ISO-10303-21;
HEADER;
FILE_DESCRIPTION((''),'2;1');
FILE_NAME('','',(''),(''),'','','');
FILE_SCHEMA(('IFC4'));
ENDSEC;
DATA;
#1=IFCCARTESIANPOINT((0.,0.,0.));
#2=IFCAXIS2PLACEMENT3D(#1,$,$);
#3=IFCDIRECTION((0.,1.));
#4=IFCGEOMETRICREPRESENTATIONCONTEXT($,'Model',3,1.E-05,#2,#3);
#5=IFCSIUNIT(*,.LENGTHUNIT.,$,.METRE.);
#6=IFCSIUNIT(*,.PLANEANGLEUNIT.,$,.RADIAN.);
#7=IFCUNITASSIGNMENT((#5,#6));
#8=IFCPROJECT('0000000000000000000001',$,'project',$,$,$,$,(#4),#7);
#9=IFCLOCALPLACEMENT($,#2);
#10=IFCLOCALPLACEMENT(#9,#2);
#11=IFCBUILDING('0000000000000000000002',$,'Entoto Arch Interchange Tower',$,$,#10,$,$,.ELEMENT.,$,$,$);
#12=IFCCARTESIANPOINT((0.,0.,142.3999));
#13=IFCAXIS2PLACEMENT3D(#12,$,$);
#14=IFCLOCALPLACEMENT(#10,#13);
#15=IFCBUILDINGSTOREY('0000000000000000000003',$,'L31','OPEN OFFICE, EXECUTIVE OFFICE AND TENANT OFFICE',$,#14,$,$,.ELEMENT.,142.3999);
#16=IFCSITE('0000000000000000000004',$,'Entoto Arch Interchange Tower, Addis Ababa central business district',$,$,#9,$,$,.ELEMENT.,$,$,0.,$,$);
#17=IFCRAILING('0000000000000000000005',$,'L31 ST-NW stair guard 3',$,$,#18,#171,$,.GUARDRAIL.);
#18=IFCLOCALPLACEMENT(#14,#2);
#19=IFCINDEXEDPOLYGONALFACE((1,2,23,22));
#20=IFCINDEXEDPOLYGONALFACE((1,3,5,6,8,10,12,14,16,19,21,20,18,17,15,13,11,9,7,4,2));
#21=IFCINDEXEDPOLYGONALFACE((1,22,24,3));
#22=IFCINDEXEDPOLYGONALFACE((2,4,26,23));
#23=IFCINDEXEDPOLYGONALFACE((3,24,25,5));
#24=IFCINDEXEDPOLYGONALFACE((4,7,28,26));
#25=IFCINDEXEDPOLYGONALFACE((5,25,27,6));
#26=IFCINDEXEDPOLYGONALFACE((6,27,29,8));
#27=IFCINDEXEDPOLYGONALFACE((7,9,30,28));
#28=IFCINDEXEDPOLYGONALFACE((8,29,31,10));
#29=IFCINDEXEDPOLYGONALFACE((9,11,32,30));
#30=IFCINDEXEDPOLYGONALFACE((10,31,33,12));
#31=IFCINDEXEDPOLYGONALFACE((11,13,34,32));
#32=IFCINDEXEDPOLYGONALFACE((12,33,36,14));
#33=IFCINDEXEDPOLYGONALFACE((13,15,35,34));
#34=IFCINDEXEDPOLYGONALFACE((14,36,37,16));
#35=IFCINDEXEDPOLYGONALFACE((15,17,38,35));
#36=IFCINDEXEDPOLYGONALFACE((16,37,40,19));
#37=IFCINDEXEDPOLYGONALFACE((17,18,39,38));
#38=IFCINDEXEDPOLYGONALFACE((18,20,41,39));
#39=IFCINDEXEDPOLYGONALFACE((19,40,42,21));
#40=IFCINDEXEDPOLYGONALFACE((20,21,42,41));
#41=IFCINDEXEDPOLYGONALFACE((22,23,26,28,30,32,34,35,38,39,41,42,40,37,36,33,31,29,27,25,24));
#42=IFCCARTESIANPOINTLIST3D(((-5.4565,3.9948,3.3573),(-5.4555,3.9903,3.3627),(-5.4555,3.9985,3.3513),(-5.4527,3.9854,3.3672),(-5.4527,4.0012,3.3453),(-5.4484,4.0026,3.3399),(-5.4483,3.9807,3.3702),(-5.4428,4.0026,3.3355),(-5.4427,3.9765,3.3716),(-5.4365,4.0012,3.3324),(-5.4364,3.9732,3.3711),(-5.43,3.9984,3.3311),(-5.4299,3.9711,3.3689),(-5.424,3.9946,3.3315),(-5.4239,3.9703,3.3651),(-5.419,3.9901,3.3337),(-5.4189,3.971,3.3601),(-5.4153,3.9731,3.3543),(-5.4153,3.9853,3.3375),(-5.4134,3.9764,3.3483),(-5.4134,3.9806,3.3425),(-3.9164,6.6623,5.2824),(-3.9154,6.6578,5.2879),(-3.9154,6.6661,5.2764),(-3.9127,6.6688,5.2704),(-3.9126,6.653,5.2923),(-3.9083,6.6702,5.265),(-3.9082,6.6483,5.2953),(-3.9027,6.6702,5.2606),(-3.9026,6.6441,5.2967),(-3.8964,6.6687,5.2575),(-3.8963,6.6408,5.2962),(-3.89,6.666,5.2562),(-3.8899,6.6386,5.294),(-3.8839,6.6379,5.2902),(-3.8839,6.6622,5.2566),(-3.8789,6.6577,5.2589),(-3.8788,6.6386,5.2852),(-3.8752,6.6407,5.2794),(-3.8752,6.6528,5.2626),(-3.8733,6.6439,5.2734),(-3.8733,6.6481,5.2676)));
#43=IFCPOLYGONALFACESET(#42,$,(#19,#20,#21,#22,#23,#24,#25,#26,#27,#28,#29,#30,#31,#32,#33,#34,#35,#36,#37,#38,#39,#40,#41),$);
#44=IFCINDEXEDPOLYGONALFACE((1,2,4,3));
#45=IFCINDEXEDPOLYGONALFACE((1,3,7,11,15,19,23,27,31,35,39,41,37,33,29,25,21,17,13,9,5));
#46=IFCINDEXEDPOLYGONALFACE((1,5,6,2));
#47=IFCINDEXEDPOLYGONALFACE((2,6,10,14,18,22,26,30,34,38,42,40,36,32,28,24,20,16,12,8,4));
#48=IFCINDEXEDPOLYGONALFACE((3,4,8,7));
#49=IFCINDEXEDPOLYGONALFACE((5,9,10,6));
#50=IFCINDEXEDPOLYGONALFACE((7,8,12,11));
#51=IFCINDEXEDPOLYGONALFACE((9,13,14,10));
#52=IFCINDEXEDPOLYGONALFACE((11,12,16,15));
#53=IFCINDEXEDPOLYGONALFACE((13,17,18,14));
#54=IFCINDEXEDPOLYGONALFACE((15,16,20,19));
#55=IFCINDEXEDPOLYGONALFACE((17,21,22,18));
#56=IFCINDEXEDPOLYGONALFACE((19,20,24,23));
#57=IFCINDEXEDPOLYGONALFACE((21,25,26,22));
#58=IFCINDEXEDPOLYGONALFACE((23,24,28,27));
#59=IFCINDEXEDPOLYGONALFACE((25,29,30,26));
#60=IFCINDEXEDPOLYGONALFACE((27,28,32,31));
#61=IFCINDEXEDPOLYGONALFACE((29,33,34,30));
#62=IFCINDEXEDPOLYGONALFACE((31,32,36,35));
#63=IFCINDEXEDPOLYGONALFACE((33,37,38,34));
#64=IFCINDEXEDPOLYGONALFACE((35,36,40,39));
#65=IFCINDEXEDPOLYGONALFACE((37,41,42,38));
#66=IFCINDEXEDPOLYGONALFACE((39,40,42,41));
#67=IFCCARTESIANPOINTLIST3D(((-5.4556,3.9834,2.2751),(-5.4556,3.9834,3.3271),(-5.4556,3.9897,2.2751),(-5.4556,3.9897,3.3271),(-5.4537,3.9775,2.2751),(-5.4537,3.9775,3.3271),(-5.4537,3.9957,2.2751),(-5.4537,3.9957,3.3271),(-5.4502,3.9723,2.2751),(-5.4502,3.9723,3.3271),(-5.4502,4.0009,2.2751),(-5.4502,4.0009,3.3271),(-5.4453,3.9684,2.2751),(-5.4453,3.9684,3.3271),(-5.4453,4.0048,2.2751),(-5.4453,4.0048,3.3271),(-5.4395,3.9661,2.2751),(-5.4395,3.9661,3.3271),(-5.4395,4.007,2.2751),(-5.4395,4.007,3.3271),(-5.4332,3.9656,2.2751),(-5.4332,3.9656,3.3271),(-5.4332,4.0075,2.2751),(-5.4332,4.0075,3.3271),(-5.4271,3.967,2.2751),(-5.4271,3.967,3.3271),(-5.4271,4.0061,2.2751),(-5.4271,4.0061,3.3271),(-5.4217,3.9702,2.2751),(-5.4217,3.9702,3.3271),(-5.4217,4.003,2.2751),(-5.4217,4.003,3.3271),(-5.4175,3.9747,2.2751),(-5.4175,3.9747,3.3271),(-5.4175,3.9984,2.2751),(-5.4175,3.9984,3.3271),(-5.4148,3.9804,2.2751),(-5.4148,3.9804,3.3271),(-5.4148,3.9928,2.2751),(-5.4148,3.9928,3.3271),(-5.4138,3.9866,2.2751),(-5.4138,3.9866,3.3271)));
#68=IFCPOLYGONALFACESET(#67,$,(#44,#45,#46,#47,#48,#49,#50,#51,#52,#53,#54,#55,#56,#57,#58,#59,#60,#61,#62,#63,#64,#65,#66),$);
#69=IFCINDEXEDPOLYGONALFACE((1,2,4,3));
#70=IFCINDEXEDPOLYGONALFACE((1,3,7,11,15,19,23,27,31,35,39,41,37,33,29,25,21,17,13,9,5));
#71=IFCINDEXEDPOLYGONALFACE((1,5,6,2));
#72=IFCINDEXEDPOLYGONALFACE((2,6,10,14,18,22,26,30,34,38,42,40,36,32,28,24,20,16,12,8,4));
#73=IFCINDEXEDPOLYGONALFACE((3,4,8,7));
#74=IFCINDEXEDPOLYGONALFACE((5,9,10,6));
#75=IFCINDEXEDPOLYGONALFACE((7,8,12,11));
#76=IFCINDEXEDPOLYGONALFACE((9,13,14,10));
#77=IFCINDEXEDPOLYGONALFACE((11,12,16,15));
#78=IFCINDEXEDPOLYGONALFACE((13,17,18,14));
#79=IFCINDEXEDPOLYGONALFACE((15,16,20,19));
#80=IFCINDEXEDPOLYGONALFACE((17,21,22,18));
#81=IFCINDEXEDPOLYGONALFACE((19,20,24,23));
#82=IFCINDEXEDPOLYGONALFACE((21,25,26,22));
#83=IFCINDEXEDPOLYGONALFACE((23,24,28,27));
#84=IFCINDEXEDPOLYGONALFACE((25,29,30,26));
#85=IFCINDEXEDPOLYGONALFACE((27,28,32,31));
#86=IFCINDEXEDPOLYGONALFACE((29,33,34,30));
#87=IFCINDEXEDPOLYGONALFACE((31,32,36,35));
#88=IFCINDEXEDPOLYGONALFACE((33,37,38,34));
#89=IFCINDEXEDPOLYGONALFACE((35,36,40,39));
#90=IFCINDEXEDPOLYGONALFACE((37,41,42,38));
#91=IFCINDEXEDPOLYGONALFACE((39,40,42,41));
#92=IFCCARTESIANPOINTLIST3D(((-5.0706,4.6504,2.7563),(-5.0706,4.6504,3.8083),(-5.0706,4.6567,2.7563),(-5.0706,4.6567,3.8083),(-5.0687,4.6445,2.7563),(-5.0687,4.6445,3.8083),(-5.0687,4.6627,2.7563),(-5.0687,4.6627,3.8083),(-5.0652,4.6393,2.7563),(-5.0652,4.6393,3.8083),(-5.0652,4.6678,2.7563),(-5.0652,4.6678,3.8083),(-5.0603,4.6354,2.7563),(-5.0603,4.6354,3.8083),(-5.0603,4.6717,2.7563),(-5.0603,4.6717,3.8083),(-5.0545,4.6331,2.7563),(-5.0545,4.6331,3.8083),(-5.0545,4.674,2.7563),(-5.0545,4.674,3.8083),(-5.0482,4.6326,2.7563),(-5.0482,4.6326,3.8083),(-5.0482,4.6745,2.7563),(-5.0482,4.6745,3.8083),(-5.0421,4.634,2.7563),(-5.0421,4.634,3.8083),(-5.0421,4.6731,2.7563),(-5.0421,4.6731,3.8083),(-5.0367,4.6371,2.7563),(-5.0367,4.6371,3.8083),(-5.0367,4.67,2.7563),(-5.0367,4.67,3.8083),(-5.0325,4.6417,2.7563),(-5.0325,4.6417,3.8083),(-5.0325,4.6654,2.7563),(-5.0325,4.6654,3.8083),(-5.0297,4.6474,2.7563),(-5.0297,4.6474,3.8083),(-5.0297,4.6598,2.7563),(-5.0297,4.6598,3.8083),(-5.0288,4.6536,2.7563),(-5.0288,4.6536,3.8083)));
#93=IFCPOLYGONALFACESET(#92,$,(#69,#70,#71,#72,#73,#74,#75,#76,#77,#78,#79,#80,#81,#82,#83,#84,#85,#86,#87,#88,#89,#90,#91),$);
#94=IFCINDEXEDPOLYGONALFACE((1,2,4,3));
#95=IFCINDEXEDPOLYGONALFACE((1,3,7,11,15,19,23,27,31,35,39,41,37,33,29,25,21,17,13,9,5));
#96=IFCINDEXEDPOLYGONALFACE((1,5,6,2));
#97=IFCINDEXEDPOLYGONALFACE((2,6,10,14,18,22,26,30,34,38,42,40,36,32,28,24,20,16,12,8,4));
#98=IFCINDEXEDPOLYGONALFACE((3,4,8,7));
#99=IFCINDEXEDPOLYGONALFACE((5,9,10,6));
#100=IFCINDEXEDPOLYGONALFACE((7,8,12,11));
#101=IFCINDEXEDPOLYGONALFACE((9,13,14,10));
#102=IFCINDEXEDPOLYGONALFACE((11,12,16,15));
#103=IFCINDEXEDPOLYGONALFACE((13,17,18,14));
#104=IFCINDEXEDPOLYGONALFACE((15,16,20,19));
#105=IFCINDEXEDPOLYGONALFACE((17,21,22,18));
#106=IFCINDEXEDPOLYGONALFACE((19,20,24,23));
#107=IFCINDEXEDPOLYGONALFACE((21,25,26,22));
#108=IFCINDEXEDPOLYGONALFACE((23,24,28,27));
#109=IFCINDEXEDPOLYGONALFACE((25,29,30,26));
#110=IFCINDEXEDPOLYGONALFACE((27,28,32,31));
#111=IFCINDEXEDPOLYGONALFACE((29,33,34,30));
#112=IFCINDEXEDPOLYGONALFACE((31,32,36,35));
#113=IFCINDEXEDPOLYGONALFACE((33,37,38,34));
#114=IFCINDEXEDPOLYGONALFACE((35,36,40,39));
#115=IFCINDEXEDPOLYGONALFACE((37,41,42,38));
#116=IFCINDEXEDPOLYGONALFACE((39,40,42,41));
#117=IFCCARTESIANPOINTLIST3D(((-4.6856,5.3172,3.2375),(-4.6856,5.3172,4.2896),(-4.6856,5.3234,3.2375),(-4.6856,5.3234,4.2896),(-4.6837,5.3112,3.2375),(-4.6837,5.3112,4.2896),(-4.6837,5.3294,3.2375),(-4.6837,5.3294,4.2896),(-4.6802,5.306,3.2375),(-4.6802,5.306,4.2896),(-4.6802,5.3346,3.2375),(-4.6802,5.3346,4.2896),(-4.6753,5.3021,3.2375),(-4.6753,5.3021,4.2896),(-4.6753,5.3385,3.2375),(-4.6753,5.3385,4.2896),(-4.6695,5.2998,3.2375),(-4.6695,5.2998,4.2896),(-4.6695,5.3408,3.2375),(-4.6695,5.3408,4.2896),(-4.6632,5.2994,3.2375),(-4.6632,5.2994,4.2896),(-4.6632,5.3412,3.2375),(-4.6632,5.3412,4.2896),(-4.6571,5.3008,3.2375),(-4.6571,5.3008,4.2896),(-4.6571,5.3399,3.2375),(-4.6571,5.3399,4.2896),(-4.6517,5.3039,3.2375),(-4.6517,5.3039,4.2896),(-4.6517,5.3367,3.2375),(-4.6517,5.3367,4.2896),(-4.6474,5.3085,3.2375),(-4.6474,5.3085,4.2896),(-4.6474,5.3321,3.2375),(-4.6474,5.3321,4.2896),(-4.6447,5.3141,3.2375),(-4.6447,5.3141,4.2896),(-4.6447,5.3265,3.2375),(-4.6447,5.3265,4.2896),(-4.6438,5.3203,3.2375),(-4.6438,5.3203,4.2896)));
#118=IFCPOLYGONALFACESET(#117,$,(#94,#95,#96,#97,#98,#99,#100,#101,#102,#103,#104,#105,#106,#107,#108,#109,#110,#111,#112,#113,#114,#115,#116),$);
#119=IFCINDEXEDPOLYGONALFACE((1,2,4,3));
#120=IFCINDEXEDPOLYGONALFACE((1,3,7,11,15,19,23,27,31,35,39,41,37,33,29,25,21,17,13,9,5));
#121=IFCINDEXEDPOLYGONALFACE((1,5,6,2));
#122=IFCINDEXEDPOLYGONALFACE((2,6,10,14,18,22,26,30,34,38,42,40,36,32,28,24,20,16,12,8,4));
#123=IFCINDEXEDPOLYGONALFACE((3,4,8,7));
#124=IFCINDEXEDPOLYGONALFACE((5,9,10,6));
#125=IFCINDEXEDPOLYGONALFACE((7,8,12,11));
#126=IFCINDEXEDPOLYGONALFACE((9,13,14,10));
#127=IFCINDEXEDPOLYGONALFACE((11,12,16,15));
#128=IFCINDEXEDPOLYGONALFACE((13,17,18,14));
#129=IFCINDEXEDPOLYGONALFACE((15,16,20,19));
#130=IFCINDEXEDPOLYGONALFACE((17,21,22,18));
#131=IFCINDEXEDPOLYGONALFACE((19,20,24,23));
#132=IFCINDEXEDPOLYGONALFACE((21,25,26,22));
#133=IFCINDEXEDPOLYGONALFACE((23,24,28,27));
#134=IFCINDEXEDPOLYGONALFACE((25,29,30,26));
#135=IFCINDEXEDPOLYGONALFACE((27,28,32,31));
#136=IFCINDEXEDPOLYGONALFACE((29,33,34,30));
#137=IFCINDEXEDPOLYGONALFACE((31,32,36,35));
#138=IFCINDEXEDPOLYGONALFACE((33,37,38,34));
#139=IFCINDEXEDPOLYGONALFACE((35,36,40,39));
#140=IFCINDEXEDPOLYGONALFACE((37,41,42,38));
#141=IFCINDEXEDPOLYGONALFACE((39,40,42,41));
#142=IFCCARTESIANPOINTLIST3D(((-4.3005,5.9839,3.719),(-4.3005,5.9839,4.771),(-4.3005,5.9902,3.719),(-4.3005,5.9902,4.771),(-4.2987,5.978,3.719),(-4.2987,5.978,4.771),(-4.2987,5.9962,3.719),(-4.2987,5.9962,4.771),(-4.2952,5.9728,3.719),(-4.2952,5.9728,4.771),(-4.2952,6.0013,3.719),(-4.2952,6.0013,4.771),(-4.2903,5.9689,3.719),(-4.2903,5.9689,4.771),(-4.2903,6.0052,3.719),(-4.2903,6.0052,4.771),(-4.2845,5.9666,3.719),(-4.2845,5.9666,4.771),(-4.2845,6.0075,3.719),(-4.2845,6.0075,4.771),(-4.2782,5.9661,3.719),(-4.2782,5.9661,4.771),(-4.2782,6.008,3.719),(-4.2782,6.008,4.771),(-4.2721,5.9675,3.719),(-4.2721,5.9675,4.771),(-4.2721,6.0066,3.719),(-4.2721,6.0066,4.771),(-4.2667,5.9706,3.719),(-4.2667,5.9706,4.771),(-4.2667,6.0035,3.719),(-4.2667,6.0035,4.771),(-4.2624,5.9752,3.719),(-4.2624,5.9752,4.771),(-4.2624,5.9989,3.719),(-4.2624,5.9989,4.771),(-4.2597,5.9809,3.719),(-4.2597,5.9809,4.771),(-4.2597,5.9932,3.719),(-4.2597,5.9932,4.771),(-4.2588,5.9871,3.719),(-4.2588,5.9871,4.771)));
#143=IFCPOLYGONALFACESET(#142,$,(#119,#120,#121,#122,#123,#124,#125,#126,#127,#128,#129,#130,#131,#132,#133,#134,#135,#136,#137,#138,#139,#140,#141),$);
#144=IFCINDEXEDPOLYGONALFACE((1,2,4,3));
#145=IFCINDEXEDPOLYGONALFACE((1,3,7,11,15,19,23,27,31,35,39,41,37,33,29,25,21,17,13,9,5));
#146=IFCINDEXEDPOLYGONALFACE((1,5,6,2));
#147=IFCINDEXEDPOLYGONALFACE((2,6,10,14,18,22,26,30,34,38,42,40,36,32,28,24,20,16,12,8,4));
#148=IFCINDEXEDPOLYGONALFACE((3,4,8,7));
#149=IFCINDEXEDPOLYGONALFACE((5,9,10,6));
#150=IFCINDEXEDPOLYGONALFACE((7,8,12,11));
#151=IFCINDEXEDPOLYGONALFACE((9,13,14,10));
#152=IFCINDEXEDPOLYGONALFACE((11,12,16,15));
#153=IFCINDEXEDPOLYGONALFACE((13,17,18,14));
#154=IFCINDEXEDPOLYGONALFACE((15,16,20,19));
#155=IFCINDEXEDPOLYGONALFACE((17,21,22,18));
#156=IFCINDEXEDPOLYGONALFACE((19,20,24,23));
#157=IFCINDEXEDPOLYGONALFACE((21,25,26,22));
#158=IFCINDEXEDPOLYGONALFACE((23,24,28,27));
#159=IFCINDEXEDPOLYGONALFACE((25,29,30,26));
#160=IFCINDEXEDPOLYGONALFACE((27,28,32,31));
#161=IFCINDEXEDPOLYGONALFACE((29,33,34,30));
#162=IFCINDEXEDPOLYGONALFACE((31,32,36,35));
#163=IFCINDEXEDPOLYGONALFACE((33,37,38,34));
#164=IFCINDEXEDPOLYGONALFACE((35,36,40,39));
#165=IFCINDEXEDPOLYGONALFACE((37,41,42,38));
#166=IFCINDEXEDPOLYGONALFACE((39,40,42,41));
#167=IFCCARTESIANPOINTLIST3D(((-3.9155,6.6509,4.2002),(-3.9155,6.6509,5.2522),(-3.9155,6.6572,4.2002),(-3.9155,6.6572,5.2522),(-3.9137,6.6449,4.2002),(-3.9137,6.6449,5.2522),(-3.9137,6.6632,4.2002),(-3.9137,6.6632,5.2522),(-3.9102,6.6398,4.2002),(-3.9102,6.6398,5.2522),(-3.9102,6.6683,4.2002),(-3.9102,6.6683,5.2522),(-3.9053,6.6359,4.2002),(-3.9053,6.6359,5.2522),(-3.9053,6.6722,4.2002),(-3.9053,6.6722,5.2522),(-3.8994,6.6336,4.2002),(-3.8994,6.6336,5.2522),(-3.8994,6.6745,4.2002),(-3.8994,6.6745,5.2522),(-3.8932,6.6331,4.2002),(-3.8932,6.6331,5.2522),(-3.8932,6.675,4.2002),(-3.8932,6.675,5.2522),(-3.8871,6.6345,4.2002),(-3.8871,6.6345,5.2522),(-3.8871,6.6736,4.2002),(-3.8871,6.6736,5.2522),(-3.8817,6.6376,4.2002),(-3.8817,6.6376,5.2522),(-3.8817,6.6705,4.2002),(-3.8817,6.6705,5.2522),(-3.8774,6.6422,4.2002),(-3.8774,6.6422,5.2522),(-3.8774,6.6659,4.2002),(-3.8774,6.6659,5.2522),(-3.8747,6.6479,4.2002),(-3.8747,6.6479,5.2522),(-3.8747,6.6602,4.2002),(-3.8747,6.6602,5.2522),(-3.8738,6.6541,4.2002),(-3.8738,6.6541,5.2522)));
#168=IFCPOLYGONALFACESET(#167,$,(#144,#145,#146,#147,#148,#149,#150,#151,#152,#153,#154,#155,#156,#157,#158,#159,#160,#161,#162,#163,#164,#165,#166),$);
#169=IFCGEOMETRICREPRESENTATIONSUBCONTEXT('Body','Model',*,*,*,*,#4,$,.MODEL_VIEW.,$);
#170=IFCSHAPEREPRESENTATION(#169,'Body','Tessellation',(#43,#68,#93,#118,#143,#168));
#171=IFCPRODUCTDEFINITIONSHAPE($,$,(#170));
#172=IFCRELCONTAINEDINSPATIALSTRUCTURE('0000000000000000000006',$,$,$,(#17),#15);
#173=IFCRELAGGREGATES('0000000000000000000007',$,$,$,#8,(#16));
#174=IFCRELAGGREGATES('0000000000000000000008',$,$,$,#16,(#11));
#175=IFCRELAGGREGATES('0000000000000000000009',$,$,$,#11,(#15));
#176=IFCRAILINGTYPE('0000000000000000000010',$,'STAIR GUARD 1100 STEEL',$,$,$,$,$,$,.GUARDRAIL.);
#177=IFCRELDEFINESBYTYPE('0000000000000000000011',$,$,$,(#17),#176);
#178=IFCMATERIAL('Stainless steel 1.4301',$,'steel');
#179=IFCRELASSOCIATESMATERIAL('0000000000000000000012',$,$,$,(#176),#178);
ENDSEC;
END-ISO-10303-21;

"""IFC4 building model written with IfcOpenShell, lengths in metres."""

from ifc_helpers import new_model, si_unit, direction, frame, origin, origin_2d, place, context, subcontext, project, spatial, circle, extrude, material, type_object, element, save


model = new_model("IFC4")

# Units and contexts
model_context = context("Model", 3, precision=1e-05, world=origin(), true_north=direction((0.0, 1.0)))
body_context = subcontext(model_context, "Body", "Model", "MODEL_VIEW")
ifc_project = project(units=[si_unit("LENGTHUNIT", "METRE"), si_unit("PLANEANGLEUNIT", "RADIAN")], contexts=[model_context])

# Site, building, storey
site_placement = place(None, origin())
site = spatial("IfcSite", under=ifc_project, at=site_placement, Name="Entoto Arch Interchange Tower, Addis Ababa central business district", CompositionType="ELEMENT", RefElevation=0.0)
building_placement = place(site_placement, origin())
building = spatial("IfcBuilding", under=site, at=building_placement, Name="Entoto Arch Interchange Tower", CompositionType="ELEMENT")
storey_placement = place(building_placement, frame((0.0, 0.0, 142.3999)))
storey = spatial("IfcBuildingStorey", under=building, at=storey_placement, Name="L31", Description="OPEN OFFICE, EXECUTIVE OFFICE AND TENANT OFFICE", CompositionType="ELEMENT", Elevation=142.3999)

# Railing
ifc_material_1 = material(Name="Stainless steel 1.4301", Category="steel")
railing_type = type_object("IfcRailingType", Name="STAIR GUARD 1100 STEEL", PredefinedType="GUARDRAIL", material=ifc_material_1)
railing_1_placement = place(storey_placement, frame((-5.4348, 3.9866, 2.2751)))
element("IfcRailing", 1, at=railing_1_placement, inside=storey, type_object=railing_type, Name="L31 ST-NW stair guard 3", PredefinedType="GUARDRAIL", context=body_context, shape_type="SweptSolid", body=[
    extrude(circle(Radius=0.0239, at=origin_2d()), frame((0.0, 0.0, 1.0762), z_axis=(0.423994, 0.734395, 0.529993), x_axis=(-0.86603, 0.499992, 0.0)), (0.0, 0.0, 1.0), 3.6323),
    extrude(circle(Radius=0.021, at=origin_2d()), origin(), (0.0, 0.0, 1.0), 1.052),
    extrude(circle(Radius=0.021, at=origin_2d()), frame((0.385, 0.667, 0.4812)), (0.0, 0.0, 1.0), 1.052),
    extrude(circle(Radius=0.021, at=origin_2d()), frame((0.77, 1.3337, 0.9624)), (0.0, 0.0, 1.0), 1.052),
    extrude(circle(Radius=0.021, at=origin_2d()), frame((1.155, 2.0005, 1.4438)), (0.0, 0.0, 1.0), 1.052),
    extrude(circle(Radius=0.021, at=origin_2d()), frame((1.54, 2.6675, 1.925)), (0.0, 0.0, 1.0), 1.052),
])

save(model, "model.ifc")
